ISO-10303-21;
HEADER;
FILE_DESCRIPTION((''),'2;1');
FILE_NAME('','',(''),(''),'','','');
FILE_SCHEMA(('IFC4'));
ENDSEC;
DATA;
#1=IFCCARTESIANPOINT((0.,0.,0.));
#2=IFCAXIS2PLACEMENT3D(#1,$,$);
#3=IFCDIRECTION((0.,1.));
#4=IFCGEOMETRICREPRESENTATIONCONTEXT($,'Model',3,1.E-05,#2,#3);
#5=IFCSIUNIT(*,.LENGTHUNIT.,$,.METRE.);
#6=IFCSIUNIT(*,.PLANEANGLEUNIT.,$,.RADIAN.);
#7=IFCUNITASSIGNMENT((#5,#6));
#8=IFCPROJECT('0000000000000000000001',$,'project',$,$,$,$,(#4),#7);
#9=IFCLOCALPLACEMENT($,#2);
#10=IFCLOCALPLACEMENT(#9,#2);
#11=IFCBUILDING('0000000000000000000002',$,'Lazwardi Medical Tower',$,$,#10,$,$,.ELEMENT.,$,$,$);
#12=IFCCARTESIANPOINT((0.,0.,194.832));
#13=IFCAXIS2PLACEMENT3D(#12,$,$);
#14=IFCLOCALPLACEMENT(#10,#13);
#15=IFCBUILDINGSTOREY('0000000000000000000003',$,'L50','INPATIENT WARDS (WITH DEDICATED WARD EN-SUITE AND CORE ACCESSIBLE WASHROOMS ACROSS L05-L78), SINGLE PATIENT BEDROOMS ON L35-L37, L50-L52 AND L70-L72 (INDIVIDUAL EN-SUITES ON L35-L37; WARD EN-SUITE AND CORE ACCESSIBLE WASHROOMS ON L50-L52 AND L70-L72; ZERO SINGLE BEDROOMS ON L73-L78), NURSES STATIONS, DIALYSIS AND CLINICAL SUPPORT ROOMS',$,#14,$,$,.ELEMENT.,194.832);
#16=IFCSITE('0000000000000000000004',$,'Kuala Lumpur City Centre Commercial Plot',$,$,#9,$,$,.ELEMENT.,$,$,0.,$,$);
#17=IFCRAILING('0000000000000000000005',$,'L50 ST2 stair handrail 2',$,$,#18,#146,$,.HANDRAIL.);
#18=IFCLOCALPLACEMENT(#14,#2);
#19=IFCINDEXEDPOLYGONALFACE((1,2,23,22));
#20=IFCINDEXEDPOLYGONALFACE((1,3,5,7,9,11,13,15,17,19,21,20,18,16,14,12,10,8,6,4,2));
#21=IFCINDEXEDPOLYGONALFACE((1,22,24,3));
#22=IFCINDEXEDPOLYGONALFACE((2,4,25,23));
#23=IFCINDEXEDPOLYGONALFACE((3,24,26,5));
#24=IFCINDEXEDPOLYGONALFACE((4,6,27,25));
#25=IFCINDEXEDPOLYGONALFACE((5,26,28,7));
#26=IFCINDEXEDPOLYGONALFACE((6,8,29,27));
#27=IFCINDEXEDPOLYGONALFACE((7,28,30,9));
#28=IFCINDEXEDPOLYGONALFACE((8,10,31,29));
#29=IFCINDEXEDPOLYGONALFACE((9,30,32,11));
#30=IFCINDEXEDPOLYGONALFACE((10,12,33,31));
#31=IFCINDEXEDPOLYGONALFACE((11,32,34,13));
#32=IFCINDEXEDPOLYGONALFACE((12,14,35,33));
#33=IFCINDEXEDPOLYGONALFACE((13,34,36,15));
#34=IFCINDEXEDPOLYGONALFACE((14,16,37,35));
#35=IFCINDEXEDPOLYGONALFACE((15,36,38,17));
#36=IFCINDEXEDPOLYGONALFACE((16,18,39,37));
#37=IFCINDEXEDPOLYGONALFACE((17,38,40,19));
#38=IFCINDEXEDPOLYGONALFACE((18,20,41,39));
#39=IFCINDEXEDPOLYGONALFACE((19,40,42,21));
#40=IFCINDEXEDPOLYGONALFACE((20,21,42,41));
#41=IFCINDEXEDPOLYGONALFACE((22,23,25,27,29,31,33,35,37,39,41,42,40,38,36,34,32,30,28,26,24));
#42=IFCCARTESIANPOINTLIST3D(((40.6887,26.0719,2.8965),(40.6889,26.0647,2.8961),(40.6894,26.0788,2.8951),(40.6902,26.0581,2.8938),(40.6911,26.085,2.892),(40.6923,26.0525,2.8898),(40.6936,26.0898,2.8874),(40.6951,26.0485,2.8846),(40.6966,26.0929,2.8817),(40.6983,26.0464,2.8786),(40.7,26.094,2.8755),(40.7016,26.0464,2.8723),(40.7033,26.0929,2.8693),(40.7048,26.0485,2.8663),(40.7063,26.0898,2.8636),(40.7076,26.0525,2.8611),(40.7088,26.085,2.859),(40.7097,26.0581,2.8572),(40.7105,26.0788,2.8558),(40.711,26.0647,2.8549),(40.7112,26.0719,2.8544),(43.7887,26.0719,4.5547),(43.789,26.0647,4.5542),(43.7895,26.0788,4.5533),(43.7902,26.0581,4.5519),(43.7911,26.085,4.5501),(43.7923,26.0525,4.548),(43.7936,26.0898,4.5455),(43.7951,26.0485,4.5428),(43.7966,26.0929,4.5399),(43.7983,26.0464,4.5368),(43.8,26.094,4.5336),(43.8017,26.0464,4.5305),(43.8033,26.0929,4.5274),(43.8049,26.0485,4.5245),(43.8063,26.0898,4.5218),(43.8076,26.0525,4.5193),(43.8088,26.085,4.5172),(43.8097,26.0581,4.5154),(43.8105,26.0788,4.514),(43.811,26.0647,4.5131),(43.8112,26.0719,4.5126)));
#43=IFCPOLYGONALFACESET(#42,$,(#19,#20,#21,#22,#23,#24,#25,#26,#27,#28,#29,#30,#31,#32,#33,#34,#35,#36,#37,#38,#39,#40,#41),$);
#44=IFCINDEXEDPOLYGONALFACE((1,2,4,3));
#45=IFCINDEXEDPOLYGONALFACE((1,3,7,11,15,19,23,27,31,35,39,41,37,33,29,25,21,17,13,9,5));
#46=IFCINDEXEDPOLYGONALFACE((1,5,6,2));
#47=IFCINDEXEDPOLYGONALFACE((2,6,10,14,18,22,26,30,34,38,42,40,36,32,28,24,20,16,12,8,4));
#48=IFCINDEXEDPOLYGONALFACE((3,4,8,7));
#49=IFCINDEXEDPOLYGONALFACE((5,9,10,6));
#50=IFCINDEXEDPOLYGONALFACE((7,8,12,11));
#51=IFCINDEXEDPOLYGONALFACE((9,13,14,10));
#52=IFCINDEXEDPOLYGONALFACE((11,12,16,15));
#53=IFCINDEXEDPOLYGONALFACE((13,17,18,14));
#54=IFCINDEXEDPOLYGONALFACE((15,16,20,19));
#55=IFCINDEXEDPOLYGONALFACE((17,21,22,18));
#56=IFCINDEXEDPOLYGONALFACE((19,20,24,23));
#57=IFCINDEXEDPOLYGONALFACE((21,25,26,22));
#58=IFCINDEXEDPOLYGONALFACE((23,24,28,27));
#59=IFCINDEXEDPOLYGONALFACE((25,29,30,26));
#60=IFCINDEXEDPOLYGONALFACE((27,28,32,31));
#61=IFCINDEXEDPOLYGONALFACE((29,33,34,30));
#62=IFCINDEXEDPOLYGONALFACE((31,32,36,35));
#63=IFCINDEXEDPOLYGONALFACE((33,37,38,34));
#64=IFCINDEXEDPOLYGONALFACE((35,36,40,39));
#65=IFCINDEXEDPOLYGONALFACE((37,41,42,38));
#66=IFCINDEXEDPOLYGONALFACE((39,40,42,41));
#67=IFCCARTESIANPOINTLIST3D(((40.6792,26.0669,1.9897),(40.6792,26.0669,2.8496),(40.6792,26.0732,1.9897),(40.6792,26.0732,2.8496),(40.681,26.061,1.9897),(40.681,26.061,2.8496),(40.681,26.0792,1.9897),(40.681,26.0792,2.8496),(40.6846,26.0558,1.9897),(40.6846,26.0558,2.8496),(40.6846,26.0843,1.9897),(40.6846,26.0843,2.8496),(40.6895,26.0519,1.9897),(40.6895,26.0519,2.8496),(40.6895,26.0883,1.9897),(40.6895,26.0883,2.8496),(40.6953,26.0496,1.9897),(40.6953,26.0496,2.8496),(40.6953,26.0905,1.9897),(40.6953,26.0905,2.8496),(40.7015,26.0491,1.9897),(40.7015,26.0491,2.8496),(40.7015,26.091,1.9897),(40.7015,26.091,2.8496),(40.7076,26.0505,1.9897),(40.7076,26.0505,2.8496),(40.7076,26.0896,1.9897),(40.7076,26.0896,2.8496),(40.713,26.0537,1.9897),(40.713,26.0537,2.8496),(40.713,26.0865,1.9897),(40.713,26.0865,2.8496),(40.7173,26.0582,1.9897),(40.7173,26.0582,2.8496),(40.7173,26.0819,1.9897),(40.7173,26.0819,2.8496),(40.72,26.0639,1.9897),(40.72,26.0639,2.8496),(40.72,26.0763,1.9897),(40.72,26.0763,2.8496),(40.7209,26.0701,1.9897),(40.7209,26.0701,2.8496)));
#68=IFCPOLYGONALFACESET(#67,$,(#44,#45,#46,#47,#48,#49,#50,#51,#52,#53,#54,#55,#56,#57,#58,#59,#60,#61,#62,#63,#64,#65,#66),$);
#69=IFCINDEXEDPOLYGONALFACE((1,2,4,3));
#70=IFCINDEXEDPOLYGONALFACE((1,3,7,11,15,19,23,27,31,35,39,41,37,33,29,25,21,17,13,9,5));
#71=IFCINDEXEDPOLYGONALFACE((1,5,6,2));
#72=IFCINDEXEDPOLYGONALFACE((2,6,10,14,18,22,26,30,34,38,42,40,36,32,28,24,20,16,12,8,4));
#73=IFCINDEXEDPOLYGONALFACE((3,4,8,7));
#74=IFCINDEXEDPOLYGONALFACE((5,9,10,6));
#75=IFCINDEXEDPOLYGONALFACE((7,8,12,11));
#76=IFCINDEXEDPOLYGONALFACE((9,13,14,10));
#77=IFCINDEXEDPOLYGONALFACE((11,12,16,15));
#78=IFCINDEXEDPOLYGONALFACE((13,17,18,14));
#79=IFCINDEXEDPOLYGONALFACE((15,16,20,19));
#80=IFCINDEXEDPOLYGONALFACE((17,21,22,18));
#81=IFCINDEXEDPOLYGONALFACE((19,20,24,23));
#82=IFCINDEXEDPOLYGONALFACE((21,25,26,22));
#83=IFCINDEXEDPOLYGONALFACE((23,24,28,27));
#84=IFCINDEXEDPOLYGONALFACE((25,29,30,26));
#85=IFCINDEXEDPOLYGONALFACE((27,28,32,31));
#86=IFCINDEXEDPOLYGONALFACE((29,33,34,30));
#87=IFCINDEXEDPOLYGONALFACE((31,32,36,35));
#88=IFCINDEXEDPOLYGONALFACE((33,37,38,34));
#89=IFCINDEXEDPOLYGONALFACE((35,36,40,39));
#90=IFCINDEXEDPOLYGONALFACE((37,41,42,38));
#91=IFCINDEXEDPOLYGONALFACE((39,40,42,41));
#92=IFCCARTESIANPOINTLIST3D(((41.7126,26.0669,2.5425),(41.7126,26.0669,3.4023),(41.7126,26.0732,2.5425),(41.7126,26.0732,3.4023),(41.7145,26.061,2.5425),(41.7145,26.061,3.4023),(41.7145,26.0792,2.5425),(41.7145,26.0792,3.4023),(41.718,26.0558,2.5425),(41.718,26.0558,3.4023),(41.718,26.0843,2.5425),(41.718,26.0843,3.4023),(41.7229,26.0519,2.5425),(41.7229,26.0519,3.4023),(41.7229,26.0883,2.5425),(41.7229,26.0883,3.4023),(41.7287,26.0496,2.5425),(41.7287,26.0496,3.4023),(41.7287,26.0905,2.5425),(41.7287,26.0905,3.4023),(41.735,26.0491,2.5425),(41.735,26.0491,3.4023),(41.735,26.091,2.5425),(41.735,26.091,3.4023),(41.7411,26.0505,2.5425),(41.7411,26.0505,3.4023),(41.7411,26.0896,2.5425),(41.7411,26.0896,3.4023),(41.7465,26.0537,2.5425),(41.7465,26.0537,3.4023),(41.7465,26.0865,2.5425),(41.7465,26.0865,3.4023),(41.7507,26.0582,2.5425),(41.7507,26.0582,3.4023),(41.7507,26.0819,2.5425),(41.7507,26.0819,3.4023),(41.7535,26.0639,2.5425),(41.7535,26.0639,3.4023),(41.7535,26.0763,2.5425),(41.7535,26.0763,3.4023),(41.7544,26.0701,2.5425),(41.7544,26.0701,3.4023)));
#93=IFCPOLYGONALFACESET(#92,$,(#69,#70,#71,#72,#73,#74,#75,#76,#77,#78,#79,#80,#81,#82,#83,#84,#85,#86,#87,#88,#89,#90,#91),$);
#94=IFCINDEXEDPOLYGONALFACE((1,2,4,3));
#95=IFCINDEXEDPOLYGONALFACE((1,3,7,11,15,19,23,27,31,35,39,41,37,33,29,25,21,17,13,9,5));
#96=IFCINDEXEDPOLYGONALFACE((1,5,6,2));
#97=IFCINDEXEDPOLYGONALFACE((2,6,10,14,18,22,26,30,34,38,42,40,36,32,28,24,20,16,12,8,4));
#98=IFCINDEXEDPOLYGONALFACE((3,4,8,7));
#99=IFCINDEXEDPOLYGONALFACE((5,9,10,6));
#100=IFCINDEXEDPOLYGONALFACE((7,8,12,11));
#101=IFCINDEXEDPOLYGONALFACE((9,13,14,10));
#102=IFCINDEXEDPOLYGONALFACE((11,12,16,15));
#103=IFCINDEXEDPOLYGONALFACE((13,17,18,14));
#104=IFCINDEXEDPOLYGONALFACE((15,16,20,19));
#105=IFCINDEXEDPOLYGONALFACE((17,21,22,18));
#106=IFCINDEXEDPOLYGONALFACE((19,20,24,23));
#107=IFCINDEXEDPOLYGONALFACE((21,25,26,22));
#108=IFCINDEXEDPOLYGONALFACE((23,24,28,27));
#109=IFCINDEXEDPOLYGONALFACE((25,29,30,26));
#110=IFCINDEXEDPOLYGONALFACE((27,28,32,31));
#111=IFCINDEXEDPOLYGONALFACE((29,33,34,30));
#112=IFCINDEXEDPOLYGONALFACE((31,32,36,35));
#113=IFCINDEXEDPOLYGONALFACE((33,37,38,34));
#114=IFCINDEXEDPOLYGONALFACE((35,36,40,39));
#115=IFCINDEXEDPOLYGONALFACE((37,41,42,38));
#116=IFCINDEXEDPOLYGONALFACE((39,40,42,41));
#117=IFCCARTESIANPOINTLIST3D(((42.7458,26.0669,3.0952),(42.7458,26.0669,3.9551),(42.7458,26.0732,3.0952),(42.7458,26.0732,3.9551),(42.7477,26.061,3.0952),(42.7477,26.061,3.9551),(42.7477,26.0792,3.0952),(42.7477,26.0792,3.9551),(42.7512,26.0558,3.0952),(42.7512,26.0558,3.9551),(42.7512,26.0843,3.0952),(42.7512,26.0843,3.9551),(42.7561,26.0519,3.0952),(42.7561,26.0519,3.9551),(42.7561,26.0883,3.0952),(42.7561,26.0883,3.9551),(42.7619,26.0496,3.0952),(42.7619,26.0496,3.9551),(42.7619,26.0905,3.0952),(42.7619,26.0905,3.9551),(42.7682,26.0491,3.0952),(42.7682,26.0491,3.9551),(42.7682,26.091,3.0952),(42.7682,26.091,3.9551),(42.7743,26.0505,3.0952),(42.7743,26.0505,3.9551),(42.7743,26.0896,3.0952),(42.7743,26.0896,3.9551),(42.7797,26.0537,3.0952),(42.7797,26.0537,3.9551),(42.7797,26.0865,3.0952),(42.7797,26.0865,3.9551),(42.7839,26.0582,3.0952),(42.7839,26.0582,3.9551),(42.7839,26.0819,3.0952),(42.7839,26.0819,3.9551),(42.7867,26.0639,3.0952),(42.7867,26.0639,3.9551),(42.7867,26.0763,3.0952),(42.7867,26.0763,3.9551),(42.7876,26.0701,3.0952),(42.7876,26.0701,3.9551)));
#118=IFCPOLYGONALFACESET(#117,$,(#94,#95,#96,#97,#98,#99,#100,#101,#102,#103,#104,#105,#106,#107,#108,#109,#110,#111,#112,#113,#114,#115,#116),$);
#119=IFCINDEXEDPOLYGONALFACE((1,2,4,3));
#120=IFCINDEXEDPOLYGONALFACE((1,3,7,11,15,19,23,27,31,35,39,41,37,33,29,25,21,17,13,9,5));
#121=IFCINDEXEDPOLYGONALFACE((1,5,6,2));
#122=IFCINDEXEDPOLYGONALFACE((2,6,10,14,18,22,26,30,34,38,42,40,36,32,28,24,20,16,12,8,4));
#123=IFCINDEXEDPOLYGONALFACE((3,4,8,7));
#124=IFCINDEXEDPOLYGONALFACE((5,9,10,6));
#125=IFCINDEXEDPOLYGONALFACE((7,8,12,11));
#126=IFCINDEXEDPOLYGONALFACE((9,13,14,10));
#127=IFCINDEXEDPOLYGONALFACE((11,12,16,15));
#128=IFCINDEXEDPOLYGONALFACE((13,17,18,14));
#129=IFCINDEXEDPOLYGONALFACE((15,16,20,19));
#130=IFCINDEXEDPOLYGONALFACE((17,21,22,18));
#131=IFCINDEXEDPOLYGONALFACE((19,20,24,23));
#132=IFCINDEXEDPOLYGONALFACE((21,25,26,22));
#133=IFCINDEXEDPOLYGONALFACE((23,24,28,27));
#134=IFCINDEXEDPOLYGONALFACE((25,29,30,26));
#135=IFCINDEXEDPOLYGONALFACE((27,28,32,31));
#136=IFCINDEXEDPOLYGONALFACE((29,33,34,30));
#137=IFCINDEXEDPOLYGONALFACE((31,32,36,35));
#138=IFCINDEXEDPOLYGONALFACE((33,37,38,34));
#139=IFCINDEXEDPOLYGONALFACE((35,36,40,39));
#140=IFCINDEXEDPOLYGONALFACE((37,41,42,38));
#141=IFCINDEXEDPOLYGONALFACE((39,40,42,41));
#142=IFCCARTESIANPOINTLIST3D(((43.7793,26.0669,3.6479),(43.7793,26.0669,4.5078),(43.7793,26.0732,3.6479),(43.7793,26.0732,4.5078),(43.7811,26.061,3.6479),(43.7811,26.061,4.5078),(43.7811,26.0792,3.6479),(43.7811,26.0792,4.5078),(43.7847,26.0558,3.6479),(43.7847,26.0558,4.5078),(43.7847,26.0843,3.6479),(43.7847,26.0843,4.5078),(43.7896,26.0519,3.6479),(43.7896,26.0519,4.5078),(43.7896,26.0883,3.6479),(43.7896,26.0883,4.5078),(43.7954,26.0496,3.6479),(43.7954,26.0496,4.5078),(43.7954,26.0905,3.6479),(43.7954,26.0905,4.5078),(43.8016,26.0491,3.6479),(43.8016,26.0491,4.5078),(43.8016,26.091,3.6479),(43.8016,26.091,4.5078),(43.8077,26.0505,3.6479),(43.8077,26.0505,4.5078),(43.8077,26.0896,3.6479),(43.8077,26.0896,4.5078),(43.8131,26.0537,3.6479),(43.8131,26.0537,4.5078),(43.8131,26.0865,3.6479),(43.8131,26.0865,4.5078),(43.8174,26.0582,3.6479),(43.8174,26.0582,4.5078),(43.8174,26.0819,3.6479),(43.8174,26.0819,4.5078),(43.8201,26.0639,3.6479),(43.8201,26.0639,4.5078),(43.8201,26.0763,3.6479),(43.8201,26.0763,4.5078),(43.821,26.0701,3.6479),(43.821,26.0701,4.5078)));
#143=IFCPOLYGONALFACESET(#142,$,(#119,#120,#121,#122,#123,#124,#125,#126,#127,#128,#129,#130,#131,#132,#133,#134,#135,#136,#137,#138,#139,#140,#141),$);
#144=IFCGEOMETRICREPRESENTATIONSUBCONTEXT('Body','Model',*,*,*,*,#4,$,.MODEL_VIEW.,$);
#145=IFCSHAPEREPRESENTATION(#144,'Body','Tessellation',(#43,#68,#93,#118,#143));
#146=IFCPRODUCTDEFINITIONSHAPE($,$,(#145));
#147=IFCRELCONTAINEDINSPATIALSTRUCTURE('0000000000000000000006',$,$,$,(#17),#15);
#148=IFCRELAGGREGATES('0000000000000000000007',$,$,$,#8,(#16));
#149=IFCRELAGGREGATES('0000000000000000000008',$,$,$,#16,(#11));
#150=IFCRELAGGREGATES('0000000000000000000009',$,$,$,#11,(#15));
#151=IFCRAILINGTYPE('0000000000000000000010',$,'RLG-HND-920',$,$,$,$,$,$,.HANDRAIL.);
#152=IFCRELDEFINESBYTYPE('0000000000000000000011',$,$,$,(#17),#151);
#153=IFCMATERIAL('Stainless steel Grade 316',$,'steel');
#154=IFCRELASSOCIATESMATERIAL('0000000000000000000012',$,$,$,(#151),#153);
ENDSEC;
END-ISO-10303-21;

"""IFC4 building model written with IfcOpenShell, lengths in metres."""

from ifc_helpers import new_model, si_unit, direction, frame, origin, origin_2d, place, context, subcontext, project, spatial, circle, extrude, material, type_object, element, save


model = new_model("IFC4")

# Units and contexts
model_context = context("Model", 3, precision=1e-05, world=origin(), true_north=direction((0.0, 1.0)))
body_context = subcontext(model_context, "Body", "Model", "MODEL_VIEW")
ifc_project = project(units=[si_unit("LENGTHUNIT", "METRE"), si_unit("PLANEANGLEUNIT", "RADIAN")], contexts=[model_context])

# Site, building, storey
site_placement = place(None, origin())
site = spatial("IfcSite", under=ifc_project, at=site_placement, Name="Kuala Lumpur City Centre Commercial Plot", CompositionType="ELEMENT", RefElevation=0.0)
building_placement = place(site_placement, origin())
building = spatial("IfcBuilding", under=site, at=building_placement, Name="Lazwardi Medical Tower", CompositionType="ELEMENT")
storey_placement = place(building_placement, frame((0.0, 0.0, 194.832)))
storey = spatial("IfcBuildingStorey", under=building, at=storey_placement, Name="L50", Description="INPATIENT WARDS (WITH DEDICATED WARD EN-SUITE AND CORE ACCESSIBLE WASHROOMS ACROSS L05-L78), SINGLE PATIENT BEDROOMS ON L35-L37, L50-L52 AND L70-L72 (INDIVIDUAL EN-SUITES ON L35-L37; WARD EN-SUITE AND CORE ACCESSIBLE WASHROOMS ON L50-L52 AND L70-L72; ZERO SINGLE BEDROOMS ON L73-L78), NURSES STATIONS, DIALYSIS AND CLINICAL SUPPORT ROOMS", CompositionType="ELEMENT", Elevation=194.832)

# Railing
ifc_material_1 = material(Name="Stainless steel Grade 316", Category="steel")
railing_type_1 = type_object("IfcRailingType", Name="RLG-HND-920", PredefinedType="HANDRAIL", material=ifc_material_1)
railing_1_placement = place(storey_placement, frame((40.7, 26.0701, 1.9897)))
element("IfcRailing", 1, at=railing_1_placement, inside=storey, type_object=railing_type_1, Name="L50 ST2 stair handrail 2", PredefinedType="HANDRAIL", context=body_context, shape_type="SweptSolid", body=[
    extrude(circle(Radius=0.0239, at=origin_2d()), frame((0.0, 0.0, 0.8857), z_axis=(0.881783, 0.0, 0.471655), x_axis=(0.0, 1.0, 0.0)), (0.0, 0.0, 1.0), 3.5156),
    extrude(circle(Radius=0.021, at=origin_2d()), origin(), (0.0, 0.0, 1.0), 0.8599),
    extrude(circle(Radius=0.021, at=origin_2d()), frame((1.0334, 0.0, 0.5527)), (0.0, 0.0, 1.0), 0.8599),
    extrude(circle(Radius=0.021, at=origin_2d()), frame((2.0667, 0.0, 1.1055)), (0.0, 0.0, 1.0), 0.8599),
    extrude(circle(Radius=0.021, at=origin_2d()), frame((3.1001, 0.0, 1.6582)), (0.0, 0.0, 1.0), 0.8599),
])

save(model, "model.ifc")
